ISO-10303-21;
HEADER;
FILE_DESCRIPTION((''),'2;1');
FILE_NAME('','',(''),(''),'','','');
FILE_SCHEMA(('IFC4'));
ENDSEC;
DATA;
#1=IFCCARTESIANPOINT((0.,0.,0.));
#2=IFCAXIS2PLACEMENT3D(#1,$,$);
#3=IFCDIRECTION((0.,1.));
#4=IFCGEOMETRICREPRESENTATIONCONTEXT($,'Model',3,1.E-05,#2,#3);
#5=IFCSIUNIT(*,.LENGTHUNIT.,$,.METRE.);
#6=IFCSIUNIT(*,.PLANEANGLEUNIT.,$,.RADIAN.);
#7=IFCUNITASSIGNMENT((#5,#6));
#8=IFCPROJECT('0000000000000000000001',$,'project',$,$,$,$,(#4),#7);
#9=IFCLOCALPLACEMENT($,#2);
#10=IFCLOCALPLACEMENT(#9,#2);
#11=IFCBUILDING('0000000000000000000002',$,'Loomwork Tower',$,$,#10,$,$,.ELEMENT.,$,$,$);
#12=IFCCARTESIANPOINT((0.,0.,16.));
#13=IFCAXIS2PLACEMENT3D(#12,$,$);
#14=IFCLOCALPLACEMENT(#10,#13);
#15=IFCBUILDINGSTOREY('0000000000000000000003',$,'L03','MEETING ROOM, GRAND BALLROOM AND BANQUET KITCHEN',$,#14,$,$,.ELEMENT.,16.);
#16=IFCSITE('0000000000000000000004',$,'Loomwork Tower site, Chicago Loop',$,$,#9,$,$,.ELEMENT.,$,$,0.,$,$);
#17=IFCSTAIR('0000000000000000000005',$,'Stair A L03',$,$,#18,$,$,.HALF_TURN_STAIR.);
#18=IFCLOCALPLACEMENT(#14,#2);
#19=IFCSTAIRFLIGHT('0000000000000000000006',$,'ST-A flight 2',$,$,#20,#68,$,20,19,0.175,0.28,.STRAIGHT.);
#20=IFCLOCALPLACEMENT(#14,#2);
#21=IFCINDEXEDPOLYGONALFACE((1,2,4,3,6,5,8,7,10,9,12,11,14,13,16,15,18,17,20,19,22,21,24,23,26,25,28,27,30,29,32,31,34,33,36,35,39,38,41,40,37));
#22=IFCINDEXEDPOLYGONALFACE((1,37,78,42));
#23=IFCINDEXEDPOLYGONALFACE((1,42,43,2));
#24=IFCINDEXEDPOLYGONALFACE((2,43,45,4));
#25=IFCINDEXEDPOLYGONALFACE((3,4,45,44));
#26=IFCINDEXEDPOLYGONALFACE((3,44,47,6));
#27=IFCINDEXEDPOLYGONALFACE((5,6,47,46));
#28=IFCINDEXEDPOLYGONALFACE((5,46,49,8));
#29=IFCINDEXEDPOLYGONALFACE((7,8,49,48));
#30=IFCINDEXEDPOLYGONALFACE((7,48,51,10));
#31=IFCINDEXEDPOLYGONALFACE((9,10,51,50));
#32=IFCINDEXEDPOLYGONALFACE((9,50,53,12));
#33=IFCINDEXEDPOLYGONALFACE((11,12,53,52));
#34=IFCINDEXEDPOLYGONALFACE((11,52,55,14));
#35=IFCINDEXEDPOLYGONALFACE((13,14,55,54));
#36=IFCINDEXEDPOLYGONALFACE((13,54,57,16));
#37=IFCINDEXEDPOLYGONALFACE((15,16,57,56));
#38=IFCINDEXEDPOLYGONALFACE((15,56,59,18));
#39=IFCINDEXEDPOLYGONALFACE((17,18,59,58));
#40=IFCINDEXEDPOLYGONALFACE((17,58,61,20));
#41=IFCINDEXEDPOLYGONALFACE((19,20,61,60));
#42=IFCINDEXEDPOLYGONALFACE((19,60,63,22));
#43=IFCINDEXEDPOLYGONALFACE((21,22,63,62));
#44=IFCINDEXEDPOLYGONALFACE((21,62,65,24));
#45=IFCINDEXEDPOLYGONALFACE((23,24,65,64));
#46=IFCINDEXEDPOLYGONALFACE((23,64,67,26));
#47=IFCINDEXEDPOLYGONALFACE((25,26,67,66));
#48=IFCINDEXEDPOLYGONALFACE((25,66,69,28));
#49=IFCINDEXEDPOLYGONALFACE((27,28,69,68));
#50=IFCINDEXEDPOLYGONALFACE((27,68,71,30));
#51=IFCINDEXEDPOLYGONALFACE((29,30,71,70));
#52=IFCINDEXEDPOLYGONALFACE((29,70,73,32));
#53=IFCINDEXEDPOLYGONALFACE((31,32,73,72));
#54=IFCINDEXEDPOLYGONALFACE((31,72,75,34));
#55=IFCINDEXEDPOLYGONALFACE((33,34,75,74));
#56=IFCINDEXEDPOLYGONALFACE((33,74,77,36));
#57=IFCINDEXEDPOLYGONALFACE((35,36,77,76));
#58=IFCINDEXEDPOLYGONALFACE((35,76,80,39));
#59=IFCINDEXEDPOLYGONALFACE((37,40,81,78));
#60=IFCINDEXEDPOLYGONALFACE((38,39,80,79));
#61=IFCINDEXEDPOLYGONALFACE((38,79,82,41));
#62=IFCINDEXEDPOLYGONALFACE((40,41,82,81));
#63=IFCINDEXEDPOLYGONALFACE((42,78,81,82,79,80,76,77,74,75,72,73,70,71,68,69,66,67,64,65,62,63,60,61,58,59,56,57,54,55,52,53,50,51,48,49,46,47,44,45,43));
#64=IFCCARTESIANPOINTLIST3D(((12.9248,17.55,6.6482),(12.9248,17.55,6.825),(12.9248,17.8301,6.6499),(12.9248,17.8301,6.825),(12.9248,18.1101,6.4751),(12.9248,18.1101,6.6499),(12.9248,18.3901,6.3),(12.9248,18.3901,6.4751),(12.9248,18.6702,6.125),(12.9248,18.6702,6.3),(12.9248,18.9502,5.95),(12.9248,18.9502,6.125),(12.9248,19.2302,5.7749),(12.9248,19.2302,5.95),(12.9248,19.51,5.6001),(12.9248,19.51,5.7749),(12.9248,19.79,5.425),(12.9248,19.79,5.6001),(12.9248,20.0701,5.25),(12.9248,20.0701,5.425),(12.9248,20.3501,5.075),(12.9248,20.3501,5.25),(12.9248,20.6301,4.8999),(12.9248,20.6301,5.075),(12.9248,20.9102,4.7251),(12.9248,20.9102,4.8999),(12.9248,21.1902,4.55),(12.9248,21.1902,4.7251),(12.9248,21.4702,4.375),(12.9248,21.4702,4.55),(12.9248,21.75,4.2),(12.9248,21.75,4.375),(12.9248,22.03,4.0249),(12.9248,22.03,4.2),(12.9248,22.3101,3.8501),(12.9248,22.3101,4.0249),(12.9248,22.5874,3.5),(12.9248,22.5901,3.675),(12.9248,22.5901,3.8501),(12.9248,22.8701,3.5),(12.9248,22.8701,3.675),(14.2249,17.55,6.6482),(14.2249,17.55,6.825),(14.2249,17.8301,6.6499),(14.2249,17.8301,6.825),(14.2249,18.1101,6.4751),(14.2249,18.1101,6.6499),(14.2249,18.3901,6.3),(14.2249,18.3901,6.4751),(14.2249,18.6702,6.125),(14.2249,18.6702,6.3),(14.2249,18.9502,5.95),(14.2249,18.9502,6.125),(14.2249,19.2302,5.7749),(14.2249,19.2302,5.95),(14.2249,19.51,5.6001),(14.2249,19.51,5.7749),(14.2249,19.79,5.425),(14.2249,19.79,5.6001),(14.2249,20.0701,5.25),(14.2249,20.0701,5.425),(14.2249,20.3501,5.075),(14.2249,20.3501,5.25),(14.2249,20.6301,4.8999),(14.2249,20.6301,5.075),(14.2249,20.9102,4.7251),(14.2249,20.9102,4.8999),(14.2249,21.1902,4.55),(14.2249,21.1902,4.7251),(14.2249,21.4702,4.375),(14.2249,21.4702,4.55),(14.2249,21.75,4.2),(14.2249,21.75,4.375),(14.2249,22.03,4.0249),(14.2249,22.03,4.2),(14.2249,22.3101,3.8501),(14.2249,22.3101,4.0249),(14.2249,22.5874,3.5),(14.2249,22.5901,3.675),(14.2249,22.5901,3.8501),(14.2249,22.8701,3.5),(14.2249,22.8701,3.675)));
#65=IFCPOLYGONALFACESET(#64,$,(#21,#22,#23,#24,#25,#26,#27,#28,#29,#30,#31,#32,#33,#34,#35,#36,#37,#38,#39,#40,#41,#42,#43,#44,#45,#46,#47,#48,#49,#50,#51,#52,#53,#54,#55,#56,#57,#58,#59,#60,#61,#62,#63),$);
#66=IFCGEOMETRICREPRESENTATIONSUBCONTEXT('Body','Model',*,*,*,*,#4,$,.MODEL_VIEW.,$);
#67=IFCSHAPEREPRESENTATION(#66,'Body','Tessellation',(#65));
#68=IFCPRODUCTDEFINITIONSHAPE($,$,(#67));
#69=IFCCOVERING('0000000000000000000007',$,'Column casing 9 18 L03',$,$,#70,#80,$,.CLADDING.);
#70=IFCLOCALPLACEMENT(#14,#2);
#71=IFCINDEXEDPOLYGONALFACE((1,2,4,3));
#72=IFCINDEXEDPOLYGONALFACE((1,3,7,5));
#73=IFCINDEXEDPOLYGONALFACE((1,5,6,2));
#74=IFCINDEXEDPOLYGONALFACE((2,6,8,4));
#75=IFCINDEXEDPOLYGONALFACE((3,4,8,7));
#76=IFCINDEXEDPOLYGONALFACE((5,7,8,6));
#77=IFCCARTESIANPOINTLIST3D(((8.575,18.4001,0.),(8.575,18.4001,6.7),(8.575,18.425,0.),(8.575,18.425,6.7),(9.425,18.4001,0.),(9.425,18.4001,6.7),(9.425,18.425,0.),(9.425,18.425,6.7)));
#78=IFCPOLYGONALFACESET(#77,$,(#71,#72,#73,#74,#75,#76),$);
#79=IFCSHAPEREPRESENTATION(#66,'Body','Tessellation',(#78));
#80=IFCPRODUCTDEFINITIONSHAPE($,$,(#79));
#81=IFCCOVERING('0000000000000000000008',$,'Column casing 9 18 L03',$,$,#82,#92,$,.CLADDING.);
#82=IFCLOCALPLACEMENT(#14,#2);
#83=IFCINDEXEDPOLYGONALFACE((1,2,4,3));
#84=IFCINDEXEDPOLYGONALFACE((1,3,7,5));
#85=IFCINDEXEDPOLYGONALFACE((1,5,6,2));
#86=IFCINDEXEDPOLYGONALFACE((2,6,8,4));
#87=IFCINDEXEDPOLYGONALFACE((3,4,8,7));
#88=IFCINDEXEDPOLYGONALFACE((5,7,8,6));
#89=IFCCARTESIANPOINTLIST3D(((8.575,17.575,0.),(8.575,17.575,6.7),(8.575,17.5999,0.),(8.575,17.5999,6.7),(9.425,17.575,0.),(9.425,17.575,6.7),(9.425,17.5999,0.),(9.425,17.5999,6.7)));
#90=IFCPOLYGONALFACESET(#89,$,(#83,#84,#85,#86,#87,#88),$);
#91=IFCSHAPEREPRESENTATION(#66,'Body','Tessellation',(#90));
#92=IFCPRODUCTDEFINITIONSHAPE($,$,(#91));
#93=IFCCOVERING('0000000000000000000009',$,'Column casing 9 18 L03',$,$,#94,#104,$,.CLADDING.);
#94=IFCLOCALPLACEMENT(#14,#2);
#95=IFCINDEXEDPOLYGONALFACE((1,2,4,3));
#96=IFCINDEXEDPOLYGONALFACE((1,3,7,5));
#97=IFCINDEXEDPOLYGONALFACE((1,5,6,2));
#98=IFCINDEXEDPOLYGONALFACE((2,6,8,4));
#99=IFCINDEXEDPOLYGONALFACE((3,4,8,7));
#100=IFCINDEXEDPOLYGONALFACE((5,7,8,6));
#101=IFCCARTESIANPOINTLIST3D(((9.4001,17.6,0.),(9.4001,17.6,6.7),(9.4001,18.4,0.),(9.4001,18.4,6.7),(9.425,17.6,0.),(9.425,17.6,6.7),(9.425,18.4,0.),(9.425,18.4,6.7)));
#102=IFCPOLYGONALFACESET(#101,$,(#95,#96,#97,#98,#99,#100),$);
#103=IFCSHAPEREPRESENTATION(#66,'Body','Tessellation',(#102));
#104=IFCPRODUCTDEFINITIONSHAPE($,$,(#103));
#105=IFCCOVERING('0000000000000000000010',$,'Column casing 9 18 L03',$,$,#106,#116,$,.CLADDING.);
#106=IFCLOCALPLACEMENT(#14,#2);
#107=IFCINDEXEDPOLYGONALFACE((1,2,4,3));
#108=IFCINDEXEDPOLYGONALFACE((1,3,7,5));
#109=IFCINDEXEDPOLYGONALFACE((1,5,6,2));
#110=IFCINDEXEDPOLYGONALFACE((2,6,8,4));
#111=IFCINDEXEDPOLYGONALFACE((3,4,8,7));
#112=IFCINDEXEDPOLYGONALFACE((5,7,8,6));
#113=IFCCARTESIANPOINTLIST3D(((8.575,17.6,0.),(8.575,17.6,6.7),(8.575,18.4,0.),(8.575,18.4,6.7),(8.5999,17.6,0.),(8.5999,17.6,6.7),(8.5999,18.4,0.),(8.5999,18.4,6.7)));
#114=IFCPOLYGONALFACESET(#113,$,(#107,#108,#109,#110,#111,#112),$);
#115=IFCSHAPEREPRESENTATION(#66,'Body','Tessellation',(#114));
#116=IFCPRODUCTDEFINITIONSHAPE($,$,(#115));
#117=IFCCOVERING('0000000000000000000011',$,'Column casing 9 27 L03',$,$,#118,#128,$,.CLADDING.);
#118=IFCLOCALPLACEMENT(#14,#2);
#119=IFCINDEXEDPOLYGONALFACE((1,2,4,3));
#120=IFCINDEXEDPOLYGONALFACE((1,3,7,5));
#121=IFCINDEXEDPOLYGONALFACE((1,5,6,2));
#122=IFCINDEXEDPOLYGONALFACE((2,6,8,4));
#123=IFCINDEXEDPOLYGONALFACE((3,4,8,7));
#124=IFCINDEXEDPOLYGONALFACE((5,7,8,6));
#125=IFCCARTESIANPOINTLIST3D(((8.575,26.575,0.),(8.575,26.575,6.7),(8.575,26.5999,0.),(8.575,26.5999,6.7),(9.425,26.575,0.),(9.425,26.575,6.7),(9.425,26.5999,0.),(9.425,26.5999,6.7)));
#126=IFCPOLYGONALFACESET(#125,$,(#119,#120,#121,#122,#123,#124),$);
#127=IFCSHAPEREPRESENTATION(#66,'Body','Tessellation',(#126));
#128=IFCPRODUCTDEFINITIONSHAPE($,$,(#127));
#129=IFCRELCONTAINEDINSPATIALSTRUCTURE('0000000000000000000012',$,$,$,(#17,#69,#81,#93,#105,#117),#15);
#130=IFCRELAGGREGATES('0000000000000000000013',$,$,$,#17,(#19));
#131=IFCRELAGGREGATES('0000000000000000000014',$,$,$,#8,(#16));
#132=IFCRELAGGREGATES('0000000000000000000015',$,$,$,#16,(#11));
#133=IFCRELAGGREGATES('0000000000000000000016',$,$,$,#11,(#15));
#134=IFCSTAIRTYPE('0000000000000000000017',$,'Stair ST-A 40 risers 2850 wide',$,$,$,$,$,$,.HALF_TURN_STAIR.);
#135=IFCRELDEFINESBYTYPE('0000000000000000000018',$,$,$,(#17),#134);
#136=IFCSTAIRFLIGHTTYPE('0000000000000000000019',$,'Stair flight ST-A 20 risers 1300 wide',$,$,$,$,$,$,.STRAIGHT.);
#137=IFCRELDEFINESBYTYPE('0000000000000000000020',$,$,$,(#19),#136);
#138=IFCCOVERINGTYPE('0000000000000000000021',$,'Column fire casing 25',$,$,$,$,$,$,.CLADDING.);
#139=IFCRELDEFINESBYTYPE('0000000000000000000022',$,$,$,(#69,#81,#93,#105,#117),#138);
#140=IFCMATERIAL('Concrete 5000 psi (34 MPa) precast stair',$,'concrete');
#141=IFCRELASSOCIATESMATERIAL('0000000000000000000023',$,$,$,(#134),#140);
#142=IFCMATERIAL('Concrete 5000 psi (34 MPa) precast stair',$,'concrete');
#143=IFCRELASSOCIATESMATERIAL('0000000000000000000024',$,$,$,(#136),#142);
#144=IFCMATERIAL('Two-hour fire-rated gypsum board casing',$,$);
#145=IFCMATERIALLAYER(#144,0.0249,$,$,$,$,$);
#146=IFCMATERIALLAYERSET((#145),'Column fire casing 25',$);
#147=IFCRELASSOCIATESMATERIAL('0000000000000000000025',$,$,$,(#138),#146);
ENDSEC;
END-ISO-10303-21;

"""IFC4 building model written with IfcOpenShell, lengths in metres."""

from ifc_helpers import new_model, si_unit, direction, frame, origin, origin_2d, place, context, subcontext, project, spatial, polyline, rectangle, outline, extrude, material, layer, layer_set, type_object, element, aggregate, save


model = new_model("IFC4")

# Units and contexts
model_context = context("Model", 3, precision=1e-05, world=origin(), true_north=direction((0.0, 1.0)))
body_context = subcontext(model_context, "Body", "Model", "MODEL_VIEW")
ifc_project = project(units=[si_unit("LENGTHUNIT", "METRE"), si_unit("PLANEANGLEUNIT", "RADIAN")], contexts=[model_context])

# Site, building, storey
site_placement = place(None, origin())
site = spatial("IfcSite", under=ifc_project, at=site_placement, Name="Loomwork Tower site, Chicago Loop", CompositionType="ELEMENT", RefElevation=0.0)
building_placement = place(site_placement, origin())
building = spatial("IfcBuilding", under=site, at=building_placement, Name="Loomwork Tower", CompositionType="ELEMENT")
storey_placement = place(building_placement, frame((0.0, 0.0, 16.0)))
storey = spatial("IfcBuildingStorey", under=building, at=storey_placement, Name="L03", Description="MEETING ROOM, GRAND BALLROOM AND BANQUET KITCHEN", CompositionType="ELEMENT", Elevation=16.0)

# Stair, stair flight
ifc_material_1 = material(Name="Concrete 5000 psi (34 MPa) precast stair", Category="concrete")
stair_type = type_object("IfcStairType", Name="Stair ST-A 40 risers 2850 wide", PredefinedType="HALF_TURN_STAIR", material=ifc_material_1)
stair_placement = place(storey_placement, origin())
stair = element("IfcStair", 1, at=stair_placement, inside=storey, type_object=stair_type, Name="Stair A L03", PredefinedType="HALF_TURN_STAIR")
ifc_material_2 = material(Name="Concrete 5000 psi (34 MPa) precast stair", Category="concrete")
stair_flight_type = type_object("IfcStairFlightType", Name="Stair flight ST-A 20 risers 1300 wide", PredefinedType="STRAIGHT", material=ifc_material_2)
stair_flight_1_placement = place(storey_placement, frame((13.575, 22.8701, 3.5), z_axis=(0.0, 0.0, 1.0), x_axis=(0.0, -1.0, 0.0)))
stair_flight_1 = element("IfcStairFlight", 2, at=stair_flight_1_placement, type_object=stair_flight_type, Name="ST-A flight 2", NumberOfRisers=20, NumberOfTreads=19, PredefinedType="STRAIGHT", RiserHeight=0.175, TreadLength=0.28, context=body_context, shape_type="SweptSolid", body=[
    extrude(outline(polyline([(0.0, 0.0), (0.0, 0.175), (0.28, 0.175), (0.28, 0.3501), (0.5601, 0.3501), (0.5601, 0.5249), (0.8401, 0.5249), (0.8401, 0.7), (1.1201, 0.7), (1.1201, 0.875), (1.3999, 0.875), (1.3999, 1.05), (1.6799, 1.05), (1.6799, 1.2251), (1.96, 1.2251), (1.96, 1.3999), (2.24, 1.3999), (2.24, 1.575), (2.52, 1.575), (2.52, 1.75), (2.8, 1.75), (2.8, 1.925), (3.0801, 1.925), (3.0801, 2.1001), (3.3601, 2.1001), (3.3601, 2.2749), (3.6399, 2.2749), (3.6399, 2.45), (3.9199, 2.45), (3.9199, 2.625), (4.2, 2.625), (4.2, 2.8), (4.48, 2.8), (4.48, 2.9751), (4.76, 2.9751), (4.76, 3.1499), (5.04, 3.1499), (5.04, 3.325), (5.3201, 3.325), (5.3201, 3.5), (5.3201, 3.1482), (0.2827, 0.0), (0.0, 0.0)])), frame((0.0, 0.6499, 0.0), z_axis=(0.0, -1.0, 0.0), x_axis=(1.0, 0.0, 0.0)), (0.0, 0.0, 1.0), 1.3),
])
aggregate(stair, [stair_flight_1])

# Coverings
ifc_material_3 = material(Name="Two-hour fire-rated gypsum board casing")
ifc_layer_1 = layer(ifc_material_3, 0.0249)
ifc_layer_set_1 = layer_set([ifc_layer_1], Name="Column fire casing 25")
covering_type = type_object("IfcCoveringType", Name="Column fire casing 25", PredefinedType="CLADDING", material=ifc_layer_set_1)
for number, where, z_axis, x_axis, name in (
    (3, (9.0, 18.4126, 0.0), (0.0, 0.0, 1.0), (1.0, 0.0, 0.0), "Column casing 9 18 L03"),
    (4, (9.0, 17.5874, 0.0), (0.0, 0.0, 1.0), (1.0, 0.0, 0.0), "Column casing 9 18 L03"),
):
    element("IfcCovering", number, at=place(storey_placement, frame(where, z_axis=z_axis, x_axis=x_axis)), inside=storey, type_object=covering_type, Name=name, PredefinedType="CLADDING", context=body_context, shape_type="SweptSolid", body=[
        extrude(rectangle(XDim=0.8501, YDim=0.0249, at=origin_2d()), origin(), (0.0, 0.0, 1.0), 6.7),
    ])
for number, where, z_axis, x_axis, name in (
    (5, (9.4126, 18.0, 0.0), (0.0, 0.0, 1.0), (1.0, 0.0, 0.0), "Column casing 9 18 L03"),
    (6, (8.5874, 18.0, 0.0), (0.0, 0.0, 1.0), (1.0, 0.0, 0.0), "Column casing 9 18 L03"),
):
    element("IfcCovering", number, at=place(storey_placement, frame(where, z_axis=z_axis, x_axis=x_axis)), inside=storey, type_object=covering_type, Name=name, PredefinedType="CLADDING", context=body_context, shape_type="SweptSolid", body=[
        extrude(rectangle(XDim=0.0249, YDim=0.8, at=origin_2d()), origin(), (0.0, 0.0, 1.0), 6.7),
    ])
covering_placement = place(storey_placement, frame((9.0, 26.5874, 0.0), z_axis=(0.0, 0.0, 1.0), x_axis=(1.0, 0.0, 0.0)))
element("IfcCovering", 7, at=covering_placement, inside=storey, type_object=covering_type, Name="Column casing 9 27 L03", PredefinedType="CLADDING", context=body_context, shape_type="SweptSolid", body=[
    extrude(rectangle(XDim=0.8501, YDim=0.0249, at=origin_2d()), origin(), (0.0, 0.0, 1.0), 6.7),
])

save(model, "model.ifc")
